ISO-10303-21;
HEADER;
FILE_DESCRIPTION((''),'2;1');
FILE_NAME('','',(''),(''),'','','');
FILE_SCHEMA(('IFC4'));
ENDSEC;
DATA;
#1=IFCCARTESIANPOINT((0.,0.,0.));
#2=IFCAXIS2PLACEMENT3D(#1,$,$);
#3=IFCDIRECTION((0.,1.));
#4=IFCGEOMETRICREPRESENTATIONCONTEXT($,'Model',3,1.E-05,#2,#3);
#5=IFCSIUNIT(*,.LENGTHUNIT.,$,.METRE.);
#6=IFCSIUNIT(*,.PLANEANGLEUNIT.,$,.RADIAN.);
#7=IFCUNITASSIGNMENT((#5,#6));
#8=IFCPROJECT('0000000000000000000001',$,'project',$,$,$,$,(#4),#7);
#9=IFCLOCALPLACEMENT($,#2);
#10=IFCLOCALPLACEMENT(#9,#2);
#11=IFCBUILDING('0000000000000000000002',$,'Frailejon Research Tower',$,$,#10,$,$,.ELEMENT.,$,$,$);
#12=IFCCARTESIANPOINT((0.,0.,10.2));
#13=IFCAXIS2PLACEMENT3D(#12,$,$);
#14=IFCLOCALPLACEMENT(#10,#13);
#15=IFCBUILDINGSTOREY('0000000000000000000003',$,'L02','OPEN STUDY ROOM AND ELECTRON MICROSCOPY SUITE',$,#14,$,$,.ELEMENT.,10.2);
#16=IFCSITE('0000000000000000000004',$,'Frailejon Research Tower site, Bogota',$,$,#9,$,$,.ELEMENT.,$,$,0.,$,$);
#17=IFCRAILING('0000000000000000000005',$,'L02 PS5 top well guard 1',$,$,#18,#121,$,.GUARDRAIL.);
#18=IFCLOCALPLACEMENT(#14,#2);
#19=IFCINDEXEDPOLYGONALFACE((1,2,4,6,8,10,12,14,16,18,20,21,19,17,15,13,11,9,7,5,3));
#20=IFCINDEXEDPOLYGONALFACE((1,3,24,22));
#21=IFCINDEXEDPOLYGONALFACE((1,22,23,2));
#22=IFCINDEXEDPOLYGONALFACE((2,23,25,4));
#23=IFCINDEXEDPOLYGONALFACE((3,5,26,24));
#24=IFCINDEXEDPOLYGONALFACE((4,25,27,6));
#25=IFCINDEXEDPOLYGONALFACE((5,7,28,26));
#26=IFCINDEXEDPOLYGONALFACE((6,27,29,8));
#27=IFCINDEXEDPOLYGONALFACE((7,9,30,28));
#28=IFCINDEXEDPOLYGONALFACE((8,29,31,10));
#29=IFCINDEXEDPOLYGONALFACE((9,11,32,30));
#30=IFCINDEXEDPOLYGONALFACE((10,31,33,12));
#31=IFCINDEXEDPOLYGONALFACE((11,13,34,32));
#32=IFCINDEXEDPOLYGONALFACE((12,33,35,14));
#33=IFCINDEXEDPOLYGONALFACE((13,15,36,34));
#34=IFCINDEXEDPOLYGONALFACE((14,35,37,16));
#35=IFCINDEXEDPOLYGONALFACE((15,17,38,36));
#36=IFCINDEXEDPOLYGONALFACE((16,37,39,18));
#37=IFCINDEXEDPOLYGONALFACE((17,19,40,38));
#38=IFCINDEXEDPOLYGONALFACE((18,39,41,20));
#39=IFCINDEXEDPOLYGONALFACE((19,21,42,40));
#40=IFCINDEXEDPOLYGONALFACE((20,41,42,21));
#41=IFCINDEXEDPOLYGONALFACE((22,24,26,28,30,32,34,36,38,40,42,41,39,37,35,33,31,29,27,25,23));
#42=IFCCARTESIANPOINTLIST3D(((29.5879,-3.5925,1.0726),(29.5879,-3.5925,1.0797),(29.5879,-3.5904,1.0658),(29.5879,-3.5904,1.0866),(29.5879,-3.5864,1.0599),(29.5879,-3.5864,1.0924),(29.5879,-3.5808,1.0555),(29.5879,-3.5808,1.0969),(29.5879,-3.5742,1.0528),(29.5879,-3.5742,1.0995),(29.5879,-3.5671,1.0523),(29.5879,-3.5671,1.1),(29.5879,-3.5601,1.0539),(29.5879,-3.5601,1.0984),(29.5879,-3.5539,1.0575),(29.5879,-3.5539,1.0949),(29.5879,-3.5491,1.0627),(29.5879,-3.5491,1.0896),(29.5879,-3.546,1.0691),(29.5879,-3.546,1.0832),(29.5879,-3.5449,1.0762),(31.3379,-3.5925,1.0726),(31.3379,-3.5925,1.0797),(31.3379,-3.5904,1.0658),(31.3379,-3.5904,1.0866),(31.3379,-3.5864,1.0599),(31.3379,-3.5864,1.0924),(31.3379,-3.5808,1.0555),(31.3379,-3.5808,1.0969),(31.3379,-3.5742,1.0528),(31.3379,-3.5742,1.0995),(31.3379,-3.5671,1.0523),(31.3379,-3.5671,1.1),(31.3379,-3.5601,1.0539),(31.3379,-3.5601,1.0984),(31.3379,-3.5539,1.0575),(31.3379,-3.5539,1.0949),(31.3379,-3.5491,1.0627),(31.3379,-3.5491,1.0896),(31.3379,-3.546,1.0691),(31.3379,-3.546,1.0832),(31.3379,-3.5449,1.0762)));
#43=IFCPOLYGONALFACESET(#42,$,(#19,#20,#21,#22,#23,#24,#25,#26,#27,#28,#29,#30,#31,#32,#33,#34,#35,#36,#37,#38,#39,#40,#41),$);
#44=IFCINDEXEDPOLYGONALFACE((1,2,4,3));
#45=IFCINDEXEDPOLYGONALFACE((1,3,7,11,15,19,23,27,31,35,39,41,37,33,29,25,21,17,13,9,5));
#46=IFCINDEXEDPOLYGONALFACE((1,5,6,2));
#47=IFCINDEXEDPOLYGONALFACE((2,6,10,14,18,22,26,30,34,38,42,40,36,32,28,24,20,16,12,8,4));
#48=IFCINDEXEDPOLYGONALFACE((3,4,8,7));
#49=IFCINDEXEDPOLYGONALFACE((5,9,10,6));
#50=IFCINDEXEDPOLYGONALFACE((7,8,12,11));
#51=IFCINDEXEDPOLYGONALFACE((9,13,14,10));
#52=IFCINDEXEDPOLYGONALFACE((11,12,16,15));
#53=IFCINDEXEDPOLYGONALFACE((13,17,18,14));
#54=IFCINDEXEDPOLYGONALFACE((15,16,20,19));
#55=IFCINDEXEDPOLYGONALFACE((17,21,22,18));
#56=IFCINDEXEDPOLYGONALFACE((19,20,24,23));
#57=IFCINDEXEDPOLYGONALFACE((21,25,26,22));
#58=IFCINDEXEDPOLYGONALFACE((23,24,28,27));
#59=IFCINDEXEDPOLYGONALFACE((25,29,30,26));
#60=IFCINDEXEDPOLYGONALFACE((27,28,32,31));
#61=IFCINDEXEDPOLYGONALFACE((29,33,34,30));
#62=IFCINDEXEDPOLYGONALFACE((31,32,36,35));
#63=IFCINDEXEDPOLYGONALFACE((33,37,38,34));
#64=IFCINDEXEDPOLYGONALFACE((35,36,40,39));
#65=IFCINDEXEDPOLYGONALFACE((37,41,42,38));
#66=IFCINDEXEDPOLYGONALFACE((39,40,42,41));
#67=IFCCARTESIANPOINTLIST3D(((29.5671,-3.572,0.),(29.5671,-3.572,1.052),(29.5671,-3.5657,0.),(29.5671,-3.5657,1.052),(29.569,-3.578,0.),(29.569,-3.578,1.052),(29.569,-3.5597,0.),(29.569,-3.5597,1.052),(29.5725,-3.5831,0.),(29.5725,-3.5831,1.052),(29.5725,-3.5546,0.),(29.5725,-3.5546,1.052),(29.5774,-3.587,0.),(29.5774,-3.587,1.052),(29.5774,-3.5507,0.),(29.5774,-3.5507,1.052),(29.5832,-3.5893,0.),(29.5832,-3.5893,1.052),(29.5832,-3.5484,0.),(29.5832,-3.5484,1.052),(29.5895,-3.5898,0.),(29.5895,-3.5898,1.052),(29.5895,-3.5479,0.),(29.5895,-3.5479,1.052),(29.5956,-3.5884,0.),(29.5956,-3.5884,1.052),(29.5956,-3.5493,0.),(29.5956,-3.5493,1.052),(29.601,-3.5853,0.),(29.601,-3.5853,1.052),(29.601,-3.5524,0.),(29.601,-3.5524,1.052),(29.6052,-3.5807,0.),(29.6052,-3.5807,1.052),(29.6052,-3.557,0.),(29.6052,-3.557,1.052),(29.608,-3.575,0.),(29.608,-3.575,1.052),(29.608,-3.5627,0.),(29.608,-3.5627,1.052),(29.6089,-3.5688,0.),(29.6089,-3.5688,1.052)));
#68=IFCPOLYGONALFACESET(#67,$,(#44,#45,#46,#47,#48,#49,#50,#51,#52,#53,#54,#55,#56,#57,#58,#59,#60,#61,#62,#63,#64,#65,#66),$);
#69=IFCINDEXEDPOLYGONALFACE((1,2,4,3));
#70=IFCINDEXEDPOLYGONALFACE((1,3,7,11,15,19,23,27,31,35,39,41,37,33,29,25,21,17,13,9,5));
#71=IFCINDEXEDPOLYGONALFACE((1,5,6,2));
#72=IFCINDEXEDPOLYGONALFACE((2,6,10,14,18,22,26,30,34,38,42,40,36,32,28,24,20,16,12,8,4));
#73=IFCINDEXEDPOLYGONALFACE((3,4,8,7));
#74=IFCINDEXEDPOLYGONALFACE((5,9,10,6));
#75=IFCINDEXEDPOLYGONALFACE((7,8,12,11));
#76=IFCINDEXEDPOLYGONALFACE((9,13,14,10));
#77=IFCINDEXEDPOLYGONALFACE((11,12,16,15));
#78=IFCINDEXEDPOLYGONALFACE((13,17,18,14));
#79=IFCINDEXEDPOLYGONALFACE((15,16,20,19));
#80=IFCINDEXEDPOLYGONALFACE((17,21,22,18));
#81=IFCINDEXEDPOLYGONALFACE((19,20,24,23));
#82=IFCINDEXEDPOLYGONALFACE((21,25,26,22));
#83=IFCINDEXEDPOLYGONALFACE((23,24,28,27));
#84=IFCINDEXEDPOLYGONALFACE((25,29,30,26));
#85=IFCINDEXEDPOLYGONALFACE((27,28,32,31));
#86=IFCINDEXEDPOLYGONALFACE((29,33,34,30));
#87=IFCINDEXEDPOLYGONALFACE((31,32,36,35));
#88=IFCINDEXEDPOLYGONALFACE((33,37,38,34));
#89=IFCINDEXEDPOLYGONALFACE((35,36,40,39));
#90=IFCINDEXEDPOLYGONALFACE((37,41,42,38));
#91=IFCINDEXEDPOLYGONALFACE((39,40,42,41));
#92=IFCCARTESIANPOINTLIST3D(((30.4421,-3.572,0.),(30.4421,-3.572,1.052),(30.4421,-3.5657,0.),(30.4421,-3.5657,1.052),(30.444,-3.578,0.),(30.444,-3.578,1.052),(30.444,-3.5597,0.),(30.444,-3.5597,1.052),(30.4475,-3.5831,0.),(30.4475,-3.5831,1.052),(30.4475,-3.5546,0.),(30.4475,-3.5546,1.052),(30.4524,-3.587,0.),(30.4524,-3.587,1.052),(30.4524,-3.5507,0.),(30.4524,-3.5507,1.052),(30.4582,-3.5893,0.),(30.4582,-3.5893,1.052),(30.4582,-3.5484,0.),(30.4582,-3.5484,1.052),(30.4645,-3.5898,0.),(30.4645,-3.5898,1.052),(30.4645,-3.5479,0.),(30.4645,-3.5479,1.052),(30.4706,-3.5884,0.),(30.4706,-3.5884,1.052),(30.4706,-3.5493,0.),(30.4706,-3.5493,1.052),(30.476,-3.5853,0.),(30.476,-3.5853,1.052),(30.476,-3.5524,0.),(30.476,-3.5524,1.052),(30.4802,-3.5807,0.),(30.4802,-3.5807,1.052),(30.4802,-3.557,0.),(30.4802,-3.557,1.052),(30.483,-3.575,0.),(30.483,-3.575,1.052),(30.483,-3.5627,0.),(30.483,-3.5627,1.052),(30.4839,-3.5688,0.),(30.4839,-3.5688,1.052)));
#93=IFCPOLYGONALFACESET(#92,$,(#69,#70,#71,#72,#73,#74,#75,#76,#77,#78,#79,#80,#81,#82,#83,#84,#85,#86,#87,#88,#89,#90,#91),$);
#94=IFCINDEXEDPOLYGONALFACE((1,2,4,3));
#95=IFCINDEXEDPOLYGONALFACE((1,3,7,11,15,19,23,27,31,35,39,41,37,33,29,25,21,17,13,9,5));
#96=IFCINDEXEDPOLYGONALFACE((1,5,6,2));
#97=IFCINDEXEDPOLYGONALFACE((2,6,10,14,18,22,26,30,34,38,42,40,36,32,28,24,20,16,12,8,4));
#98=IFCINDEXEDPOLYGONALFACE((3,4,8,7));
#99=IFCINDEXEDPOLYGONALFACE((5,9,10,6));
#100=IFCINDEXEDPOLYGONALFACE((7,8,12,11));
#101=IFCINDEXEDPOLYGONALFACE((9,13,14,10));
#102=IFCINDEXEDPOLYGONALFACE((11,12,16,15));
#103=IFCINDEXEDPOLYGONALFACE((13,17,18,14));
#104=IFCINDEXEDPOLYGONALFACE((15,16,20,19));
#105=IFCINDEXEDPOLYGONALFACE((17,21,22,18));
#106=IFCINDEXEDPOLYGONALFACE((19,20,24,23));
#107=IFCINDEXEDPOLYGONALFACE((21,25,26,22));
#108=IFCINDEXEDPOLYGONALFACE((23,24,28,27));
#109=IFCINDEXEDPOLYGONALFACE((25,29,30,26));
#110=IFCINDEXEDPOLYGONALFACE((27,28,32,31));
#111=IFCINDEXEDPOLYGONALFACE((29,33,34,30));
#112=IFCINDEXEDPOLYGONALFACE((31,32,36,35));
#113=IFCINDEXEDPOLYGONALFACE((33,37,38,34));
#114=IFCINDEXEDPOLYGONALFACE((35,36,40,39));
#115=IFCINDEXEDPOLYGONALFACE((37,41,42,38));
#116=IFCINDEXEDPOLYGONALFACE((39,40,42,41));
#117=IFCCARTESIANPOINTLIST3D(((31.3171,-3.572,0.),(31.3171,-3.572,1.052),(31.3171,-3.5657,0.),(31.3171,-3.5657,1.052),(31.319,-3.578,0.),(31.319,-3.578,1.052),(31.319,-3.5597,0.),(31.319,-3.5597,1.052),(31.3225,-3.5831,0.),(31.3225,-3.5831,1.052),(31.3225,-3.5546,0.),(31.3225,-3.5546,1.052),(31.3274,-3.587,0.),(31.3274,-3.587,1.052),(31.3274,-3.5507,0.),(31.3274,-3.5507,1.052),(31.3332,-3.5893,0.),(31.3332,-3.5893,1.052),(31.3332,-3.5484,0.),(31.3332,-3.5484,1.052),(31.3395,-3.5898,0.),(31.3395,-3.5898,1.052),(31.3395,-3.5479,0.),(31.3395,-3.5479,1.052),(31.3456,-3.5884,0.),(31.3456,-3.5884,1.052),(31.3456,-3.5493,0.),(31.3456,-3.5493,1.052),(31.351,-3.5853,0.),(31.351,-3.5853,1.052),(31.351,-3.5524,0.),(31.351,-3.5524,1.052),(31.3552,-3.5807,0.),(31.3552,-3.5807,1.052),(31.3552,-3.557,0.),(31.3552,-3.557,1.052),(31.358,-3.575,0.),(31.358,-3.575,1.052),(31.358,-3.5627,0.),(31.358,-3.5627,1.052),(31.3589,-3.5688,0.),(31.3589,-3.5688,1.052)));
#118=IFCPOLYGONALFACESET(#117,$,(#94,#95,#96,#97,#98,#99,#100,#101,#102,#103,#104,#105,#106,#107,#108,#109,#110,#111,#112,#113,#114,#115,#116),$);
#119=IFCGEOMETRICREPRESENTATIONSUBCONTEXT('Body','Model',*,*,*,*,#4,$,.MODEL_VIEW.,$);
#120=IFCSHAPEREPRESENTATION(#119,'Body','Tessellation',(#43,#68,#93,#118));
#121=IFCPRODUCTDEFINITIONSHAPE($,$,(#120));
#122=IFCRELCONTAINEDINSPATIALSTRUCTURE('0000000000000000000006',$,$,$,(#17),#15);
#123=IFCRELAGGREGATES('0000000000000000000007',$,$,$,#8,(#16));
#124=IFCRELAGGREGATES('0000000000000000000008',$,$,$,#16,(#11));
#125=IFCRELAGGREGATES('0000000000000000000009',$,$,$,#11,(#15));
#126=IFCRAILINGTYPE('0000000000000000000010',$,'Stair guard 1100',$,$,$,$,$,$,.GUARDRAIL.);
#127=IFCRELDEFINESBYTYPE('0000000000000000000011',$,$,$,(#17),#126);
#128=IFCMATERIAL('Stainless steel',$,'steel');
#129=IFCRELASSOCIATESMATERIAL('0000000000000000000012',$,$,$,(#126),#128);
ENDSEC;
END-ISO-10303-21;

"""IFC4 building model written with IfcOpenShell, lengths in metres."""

from ifc_helpers import new_model, si_unit, direction, frame, origin, origin_2d, place, context, subcontext, project, spatial, circle, extrude, material, type_object, element, save


model = new_model("IFC4")

# Units and contexts
model_context = context("Model", 3, precision=1e-05, world=origin(), true_north=direction((0.0, 1.0)))
body_context = subcontext(model_context, "Body", "Model", "MODEL_VIEW")
ifc_project = project(units=[si_unit("LENGTHUNIT", "METRE"), si_unit("PLANEANGLEUNIT", "RADIAN")], contexts=[model_context])

# Site, building, storey
site_placement = place(None, origin())
site = spatial("IfcSite", under=ifc_project, at=site_placement, Name="Frailejon Research Tower site, Bogota", CompositionType="ELEMENT", RefElevation=0.0)
building_placement = place(site_placement, origin())
building = spatial("IfcBuilding", under=site, at=building_placement, Name="Frailejon Research Tower", CompositionType="ELEMENT")
storey_placement = place(building_placement, frame((0.0, 0.0, 10.2)))
storey = spatial("IfcBuildingStorey", under=building, at=storey_placement, Name="L02", Description="OPEN STUDY ROOM AND ELECTRON MICROSCOPY SUITE", CompositionType="ELEMENT", Elevation=10.2)

# Railing
ifc_material_1 = material(Name="Stainless steel", Category="steel")
railing_type = type_object("IfcRailingType", Name="Stair guard 1100", PredefinedType="GUARDRAIL", material=ifc_material_1)
railing_placement = place(storey_placement, frame((29.5879, -3.5688, 0.0)))
element("IfcRailing", 1, at=railing_placement, inside=storey, type_object=railing_type, Name="L02 PS5 top well guard 1", PredefinedType="GUARDRAIL", context=body_context, shape_type="SweptSolid", body=[
    extrude(circle(Radius=0.0239, at=origin_2d()), frame((0.0, 0.0, 1.0762), z_axis=(1.0, 0.0, 0.0), x_axis=(0.0, 1.0, 0.0)), (0.0, 0.0, 1.0), 1.75),
    extrude(circle(Radius=0.021, at=origin_2d()), origin(), (0.0, 0.0, 1.0), 1.052),
    extrude(circle(Radius=0.021, at=origin_2d()), frame((0.875, 0.0, 0.0)), (0.0, 0.0, 1.0), 1.052),
    extrude(circle(Radius=0.021, at=origin_2d()), frame((1.75, 0.0, 0.0)), (0.0, 0.0, 1.0), 1.052),
])

save(model, "model.ifc")
